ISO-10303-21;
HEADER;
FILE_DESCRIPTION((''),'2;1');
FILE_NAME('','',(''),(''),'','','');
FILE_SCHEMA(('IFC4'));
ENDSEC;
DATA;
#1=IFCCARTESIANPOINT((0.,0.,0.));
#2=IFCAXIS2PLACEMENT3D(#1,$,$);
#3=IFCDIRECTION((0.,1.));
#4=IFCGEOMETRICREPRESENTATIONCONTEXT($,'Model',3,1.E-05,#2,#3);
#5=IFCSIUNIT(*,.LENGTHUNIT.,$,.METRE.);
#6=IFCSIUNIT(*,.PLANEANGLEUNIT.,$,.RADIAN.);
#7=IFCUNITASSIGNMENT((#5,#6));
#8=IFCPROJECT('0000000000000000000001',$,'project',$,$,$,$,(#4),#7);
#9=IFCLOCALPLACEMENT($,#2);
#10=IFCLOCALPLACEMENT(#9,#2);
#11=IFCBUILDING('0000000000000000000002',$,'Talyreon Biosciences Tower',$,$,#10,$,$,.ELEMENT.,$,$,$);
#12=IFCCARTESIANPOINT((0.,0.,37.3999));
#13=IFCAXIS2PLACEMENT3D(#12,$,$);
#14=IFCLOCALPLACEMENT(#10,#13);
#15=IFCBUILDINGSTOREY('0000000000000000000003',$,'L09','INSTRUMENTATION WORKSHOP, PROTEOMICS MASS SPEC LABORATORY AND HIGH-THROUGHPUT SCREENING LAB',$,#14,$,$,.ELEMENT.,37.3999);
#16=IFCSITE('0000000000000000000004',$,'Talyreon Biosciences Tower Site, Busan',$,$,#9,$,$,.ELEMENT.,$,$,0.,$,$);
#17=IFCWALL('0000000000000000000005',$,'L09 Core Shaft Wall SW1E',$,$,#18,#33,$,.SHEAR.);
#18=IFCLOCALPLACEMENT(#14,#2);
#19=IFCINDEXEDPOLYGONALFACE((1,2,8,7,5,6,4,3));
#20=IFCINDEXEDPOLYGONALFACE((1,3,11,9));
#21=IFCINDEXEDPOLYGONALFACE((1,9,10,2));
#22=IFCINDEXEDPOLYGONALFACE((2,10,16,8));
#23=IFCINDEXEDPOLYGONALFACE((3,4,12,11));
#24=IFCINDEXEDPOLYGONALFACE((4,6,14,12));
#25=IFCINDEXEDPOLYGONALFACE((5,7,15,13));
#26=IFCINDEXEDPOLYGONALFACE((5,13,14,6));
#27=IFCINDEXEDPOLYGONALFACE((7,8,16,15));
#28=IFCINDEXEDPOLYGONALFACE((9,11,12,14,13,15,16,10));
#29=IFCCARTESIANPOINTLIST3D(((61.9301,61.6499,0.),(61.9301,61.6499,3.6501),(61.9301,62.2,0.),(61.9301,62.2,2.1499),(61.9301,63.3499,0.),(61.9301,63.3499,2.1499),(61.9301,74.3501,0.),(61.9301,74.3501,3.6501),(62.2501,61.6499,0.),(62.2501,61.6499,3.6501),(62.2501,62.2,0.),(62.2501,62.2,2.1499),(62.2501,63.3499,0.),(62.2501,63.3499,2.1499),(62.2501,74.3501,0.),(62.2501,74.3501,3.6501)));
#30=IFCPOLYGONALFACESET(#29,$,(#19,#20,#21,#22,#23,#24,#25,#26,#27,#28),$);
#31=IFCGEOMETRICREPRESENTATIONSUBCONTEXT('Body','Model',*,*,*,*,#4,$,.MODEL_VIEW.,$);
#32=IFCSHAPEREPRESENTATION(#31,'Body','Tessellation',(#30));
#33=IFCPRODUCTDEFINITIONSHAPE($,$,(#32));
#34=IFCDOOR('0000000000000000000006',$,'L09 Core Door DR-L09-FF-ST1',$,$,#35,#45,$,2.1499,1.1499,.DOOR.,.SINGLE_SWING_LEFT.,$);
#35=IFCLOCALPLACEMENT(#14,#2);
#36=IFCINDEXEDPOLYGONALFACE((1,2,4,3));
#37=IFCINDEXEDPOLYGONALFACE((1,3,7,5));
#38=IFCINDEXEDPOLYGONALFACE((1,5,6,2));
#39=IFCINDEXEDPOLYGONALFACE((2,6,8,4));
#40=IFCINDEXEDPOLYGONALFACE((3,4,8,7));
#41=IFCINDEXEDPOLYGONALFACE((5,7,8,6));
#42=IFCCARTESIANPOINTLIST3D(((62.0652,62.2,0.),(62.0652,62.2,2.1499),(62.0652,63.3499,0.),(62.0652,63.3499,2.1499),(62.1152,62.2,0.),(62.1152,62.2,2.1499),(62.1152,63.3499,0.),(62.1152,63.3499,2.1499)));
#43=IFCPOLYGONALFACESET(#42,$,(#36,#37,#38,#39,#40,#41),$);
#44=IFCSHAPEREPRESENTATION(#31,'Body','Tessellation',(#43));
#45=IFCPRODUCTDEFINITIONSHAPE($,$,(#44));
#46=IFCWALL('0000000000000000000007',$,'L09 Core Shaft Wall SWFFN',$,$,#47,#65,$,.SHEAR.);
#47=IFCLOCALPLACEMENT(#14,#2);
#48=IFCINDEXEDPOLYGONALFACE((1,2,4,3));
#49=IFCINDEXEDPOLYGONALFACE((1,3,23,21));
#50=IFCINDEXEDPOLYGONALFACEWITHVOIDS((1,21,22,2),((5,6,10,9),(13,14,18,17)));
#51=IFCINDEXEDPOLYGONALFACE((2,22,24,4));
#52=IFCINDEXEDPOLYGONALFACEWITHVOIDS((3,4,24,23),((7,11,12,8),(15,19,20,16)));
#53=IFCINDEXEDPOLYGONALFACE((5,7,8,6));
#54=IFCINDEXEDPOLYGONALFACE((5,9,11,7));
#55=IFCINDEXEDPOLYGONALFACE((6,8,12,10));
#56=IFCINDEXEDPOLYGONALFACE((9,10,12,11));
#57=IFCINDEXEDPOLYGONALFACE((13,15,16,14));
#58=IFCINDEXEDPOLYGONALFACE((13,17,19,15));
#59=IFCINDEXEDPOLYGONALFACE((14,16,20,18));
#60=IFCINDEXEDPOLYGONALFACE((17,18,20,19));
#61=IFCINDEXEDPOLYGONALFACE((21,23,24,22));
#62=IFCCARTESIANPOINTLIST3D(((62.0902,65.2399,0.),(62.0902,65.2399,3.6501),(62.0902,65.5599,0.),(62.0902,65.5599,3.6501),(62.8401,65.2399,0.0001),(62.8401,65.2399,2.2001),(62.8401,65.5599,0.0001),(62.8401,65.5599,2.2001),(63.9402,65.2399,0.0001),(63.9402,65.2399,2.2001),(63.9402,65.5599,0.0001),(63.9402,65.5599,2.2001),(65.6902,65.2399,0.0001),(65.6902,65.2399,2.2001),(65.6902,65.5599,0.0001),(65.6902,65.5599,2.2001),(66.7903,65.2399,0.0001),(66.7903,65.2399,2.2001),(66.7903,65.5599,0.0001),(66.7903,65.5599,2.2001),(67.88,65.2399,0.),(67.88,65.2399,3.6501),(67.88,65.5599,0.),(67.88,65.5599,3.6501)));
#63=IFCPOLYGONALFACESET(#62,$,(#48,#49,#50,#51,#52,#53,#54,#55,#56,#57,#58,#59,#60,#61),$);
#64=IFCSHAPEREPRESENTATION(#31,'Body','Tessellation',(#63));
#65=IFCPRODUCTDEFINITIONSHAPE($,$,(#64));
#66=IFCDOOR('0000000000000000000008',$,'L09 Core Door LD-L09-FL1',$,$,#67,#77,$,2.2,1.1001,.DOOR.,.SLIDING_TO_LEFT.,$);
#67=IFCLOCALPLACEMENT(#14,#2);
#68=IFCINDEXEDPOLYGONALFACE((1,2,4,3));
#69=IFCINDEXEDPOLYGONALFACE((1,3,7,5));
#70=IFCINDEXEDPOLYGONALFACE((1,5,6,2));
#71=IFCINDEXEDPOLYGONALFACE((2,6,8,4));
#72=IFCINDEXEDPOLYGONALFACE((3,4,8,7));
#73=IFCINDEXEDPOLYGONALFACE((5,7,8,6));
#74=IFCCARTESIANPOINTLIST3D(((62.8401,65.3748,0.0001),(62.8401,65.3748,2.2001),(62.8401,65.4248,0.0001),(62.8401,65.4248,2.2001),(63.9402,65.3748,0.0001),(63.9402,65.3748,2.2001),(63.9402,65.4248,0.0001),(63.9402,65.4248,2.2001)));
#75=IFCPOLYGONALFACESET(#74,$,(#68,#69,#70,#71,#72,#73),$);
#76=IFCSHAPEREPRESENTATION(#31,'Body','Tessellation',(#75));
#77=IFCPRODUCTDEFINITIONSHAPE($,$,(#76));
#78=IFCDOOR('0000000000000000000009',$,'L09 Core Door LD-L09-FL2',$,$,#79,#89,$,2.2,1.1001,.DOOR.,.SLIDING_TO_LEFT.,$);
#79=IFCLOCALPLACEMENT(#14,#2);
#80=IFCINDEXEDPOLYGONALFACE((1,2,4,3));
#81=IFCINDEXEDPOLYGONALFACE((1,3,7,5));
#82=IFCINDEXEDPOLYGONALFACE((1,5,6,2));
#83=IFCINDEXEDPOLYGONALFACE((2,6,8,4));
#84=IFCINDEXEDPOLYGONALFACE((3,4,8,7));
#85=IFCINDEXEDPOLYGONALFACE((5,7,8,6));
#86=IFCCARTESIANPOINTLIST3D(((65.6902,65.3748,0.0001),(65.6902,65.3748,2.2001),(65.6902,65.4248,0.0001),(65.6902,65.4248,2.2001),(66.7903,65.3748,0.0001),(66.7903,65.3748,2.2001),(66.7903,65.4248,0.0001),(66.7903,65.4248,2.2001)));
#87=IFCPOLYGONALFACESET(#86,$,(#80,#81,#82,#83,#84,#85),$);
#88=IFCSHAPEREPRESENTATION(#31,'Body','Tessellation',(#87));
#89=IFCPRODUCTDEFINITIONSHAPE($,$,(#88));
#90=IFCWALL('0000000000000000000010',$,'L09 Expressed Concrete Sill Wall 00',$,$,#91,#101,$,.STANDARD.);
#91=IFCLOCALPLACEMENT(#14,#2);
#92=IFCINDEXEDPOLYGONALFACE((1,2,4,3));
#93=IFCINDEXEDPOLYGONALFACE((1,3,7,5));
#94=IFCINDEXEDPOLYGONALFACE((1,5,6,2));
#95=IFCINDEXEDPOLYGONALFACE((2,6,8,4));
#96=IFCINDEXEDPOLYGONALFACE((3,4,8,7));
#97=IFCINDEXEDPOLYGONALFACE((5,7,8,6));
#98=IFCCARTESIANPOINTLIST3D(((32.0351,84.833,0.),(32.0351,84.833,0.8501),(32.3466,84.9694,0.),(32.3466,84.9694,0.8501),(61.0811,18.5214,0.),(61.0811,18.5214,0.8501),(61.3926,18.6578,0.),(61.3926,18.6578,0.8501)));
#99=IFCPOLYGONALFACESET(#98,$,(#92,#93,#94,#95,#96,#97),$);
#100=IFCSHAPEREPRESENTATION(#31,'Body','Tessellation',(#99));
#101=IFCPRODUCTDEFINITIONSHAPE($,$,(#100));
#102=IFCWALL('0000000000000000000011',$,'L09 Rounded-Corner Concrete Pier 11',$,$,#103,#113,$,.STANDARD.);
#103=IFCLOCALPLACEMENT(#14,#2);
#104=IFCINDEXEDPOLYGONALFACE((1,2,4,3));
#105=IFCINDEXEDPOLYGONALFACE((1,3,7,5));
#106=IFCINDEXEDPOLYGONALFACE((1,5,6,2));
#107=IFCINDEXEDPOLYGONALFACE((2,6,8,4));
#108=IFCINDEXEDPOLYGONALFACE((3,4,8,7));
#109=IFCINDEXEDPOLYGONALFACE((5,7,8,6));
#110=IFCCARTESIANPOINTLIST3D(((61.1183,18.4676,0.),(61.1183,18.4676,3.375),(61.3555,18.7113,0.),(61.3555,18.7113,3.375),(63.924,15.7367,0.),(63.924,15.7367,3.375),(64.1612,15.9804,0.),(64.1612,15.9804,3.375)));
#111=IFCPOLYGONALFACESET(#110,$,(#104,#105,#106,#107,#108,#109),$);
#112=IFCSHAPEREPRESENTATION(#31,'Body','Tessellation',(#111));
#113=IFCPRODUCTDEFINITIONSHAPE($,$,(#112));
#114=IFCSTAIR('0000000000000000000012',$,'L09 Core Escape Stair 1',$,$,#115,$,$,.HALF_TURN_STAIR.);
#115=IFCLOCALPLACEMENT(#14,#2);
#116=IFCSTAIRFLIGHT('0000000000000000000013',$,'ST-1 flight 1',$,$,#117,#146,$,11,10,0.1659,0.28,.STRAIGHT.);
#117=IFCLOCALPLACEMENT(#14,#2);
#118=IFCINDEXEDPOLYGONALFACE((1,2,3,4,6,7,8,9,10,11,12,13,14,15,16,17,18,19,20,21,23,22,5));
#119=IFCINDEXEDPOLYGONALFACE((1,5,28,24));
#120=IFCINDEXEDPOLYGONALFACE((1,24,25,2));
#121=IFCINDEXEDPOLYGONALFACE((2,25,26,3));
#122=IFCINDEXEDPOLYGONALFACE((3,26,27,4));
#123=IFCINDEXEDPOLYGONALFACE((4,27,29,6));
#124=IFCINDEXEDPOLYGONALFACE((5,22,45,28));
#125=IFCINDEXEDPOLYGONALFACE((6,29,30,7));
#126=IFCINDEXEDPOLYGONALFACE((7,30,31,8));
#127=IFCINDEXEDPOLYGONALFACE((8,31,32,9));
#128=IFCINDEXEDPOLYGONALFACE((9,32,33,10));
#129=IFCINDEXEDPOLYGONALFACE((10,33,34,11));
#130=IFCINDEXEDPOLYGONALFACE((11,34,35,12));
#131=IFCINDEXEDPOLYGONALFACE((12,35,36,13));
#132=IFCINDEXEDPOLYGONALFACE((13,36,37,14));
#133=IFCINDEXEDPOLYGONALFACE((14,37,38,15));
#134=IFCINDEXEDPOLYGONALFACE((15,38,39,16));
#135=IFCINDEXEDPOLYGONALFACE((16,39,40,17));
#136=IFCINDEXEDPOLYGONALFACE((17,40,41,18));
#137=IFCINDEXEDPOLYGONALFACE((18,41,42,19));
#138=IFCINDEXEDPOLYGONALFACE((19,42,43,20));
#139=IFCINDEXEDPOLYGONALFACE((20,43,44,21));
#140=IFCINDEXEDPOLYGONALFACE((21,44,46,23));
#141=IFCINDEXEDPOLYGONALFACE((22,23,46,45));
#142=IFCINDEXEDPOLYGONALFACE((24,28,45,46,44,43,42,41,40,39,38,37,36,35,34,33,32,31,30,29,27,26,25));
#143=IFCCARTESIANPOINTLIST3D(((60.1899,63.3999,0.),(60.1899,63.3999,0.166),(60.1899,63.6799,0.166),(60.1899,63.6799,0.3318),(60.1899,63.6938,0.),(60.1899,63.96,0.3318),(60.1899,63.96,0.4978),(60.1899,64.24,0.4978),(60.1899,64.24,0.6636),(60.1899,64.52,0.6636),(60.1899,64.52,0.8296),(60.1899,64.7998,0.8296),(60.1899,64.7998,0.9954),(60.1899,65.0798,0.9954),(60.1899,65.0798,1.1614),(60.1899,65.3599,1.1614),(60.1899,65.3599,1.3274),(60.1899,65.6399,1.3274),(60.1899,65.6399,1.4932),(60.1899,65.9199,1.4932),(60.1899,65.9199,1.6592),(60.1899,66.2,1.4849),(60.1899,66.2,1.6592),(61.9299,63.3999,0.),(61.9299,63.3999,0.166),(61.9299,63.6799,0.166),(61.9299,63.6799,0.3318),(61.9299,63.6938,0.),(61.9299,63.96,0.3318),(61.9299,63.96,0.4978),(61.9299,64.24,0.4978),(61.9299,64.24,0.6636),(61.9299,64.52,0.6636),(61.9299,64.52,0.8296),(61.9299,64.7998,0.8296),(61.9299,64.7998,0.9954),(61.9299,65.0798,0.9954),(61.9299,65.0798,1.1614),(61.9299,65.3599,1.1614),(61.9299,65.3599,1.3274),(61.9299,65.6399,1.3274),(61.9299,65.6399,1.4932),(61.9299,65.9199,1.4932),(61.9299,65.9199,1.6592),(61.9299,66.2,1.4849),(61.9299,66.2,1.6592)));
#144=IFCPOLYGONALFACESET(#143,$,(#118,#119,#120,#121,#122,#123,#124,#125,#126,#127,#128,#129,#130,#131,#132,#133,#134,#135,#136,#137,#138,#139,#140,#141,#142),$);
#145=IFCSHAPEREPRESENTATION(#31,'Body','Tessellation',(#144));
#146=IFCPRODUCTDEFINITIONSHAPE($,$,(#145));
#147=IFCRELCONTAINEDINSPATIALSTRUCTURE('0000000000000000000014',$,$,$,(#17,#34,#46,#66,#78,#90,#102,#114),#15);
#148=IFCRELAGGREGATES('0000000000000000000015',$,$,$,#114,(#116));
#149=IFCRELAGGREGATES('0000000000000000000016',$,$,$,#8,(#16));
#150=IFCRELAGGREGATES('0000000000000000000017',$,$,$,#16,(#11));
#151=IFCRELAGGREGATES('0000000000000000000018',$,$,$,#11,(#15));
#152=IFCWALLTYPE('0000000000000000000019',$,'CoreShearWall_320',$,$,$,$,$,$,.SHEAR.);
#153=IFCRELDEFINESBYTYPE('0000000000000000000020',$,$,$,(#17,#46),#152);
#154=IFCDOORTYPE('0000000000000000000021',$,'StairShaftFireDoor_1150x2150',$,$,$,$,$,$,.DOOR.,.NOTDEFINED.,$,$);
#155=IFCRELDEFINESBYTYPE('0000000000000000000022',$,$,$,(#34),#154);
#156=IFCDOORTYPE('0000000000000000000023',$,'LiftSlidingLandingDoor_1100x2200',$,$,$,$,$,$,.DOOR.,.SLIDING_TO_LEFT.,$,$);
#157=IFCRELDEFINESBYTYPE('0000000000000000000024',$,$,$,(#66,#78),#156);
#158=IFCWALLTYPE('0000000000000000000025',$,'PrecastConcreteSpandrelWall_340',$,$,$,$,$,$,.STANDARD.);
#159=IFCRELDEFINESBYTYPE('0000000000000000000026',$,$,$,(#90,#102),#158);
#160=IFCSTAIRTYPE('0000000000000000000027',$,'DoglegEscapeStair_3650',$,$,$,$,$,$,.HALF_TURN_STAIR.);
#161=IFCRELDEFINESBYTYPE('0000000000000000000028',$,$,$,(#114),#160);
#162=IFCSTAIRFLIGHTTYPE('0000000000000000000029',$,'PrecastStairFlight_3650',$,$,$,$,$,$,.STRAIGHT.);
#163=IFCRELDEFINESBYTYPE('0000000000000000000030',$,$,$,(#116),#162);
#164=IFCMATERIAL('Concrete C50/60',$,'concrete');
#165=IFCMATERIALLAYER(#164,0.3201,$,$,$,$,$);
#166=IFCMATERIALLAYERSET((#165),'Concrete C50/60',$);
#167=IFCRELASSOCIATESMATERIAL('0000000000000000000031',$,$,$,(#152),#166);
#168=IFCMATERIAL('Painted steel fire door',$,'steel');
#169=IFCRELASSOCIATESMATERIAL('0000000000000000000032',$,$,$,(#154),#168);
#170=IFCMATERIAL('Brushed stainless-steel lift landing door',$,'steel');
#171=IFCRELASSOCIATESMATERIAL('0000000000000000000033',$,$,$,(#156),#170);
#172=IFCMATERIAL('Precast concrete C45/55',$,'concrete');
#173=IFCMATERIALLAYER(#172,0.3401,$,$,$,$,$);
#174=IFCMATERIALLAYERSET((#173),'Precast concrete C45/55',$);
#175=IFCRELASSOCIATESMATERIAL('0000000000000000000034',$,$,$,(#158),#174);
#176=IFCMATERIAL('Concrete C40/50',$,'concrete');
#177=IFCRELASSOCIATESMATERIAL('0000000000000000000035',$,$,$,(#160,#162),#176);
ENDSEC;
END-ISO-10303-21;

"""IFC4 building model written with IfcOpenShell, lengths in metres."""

from ifc_helpers import new_model, si_unit, direction, frame, frame_2d, origin, place, context, subcontext, project, spatial, polyline, rectangle, outline, extrude, material, layer, layer_set, type_object, element, fill, aggregate, save


model = new_model("IFC4")

# Units and contexts
model_context = context("Model", 3, precision=1e-05, world=origin(), true_north=direction((0.0, 1.0)))
body_context = subcontext(model_context, "Body", "Model", "MODEL_VIEW")
ifc_project = project(units=[si_unit("LENGTHUNIT", "METRE"), si_unit("PLANEANGLEUNIT", "RADIAN")], contexts=[model_context])

# Site, building, storey
site_placement = place(None, origin())
site = spatial("IfcSite", under=ifc_project, at=site_placement, Name="Talyreon Biosciences Tower Site, Busan", CompositionType="ELEMENT", RefElevation=0.0)
building_placement = place(site_placement, origin())
building = spatial("IfcBuilding", under=site, at=building_placement, Name="Talyreon Biosciences Tower", CompositionType="ELEMENT")
storey_placement = place(building_placement, frame((0.0, 0.0, 37.3999)))
storey = spatial("IfcBuildingStorey", under=building, at=storey_placement, Name="L09", Description="INSTRUMENTATION WORKSHOP, PROTEOMICS MASS SPEC LABORATORY AND HIGH-THROUGHPUT SCREENING LAB", CompositionType="ELEMENT", Elevation=37.3999)

# Shared definitions
ifc_material_1 = material(Name="Precast concrete C45/55", Category="concrete")

# Wall, opening, door
ifc_material_2 = material(Name="Concrete C50/60", Category="concrete")
ifc_layer_1 = layer(ifc_material_2, 0.3201)
ifc_layer_set_1 = layer_set([ifc_layer_1], Name="Concrete C50/60")
wall_type_1 = type_object("IfcWallType", Name="CoreShearWall_320", PredefinedType="SHEAR", material=ifc_layer_set_1)
wall_1_placement = place(storey_placement, frame((62.0901, 61.6499, 0.0), z_axis=(0.0, 0.0, 1.0), x_axis=(0.0, 1.0, 0.0)))
wall_1 = element("IfcWall", 1, at=wall_1_placement, inside=storey, type_object=wall_type_1, Name="L09 Core Shaft Wall SW1E", PredefinedType="SHEAR", context=body_context, shape_type="SweptSolid", body=[
    extrude(rectangle(XDim=12.7002, YDim=0.3201, at=frame_2d((6.3501, 0.0))), origin(), (0.0, 0.0, 1.0), 3.6501),
])
opening_1_placement = place(wall_1_placement, frame((0.55, 0.0, 0.0)))
opening_1 = element("IfcOpeningElement", 2, at=opening_1_placement, cuts=wall_1, PredefinedType="OPENING", context=body_context, shape_type="SweptSolid", body=[
    extrude(rectangle(XDim=1.1499, YDim=2.1499, at=frame_2d((0.575, 1.075))), frame((0.0, 0.1699, 0.0), z_axis=(0.0, -1.0, 0.0), x_axis=(1.0, 0.0, 0.0)), (0.0, 0.0, 1.0), 0.3401),
])
ifc_material_3 = material(Name="Painted steel fire door", Category="steel")
door_type_1 = type_object("IfcDoorType", Name="StairShaftFireDoor_1150x2150", OperationType="NOTDEFINED", PredefinedType="DOOR", material=ifc_material_3)
door_1_placement = place(opening_1_placement, origin())
door_1 = element("IfcDoor", 3, at=door_1_placement, inside=storey, type_object=door_type_1, Name="L09 Core Door DR-L09-FF-ST1", OperationType="SINGLE_SWING_LEFT", OverallHeight=2.1499, OverallWidth=1.1499, PredefinedType="DOOR", context=body_context, shape_type="SweptSolid", body=[
    extrude(rectangle(XDim=1.1499, YDim=2.1499, at=frame_2d((0.575, 1.075))), frame((0.0, 0.0249, 0.0), z_axis=(0.0, -1.0, 0.0), x_axis=(1.0, 0.0, 0.0)), (0.0, 0.0, 1.0), 0.05),
])
fill(opening_1, door_1)

# Wall, openings, doors
wall_2_placement = place(storey_placement, frame((62.0901, 65.3999, 0.0), z_axis=(0.0, 0.0, 1.0), x_axis=(1.0, 0.0, 0.0)))
wall_2 = element("IfcWall", 4, at=wall_2_placement, inside=storey, type_object=wall_type_1, Name="L09 Core Shaft Wall SWFFN", PredefinedType="SHEAR", context=body_context, shape_type="SweptSolid", body=[
    extrude(rectangle(XDim=5.7898, YDim=0.3201, at=frame_2d((2.895, 0.0))), origin(), (0.0, 0.0, 1.0), 3.6501),
])
opening_2_placement = place(wall_2_placement, frame((0.75, 0.0, 0.0)))
opening_2 = element("IfcOpeningElement", 5, at=opening_2_placement, cuts=wall_2, PredefinedType="OPENING", context=body_context, shape_type="SweptSolid", body=[
    extrude(rectangle(XDim=1.1001, YDim=2.2, at=frame_2d((0.55, 1.1001))), frame((0.0, 0.1699, 0.0), z_axis=(0.0, -1.0, 0.0), x_axis=(1.0, 0.0, 0.0)), (0.0, 0.0, 1.0), 0.3401),
])
opening_3_placement = place(wall_2_placement, frame((3.6001, 0.0, 0.0)))
opening_3 = element("IfcOpeningElement", 6, at=opening_3_placement, cuts=wall_2, PredefinedType="OPENING", context=body_context, shape_type="SweptSolid", body=[
    extrude(rectangle(XDim=1.1001, YDim=2.2, at=frame_2d((0.55, 1.1001))), frame((0.0, 0.1699, 0.0), z_axis=(0.0, -1.0, 0.0), x_axis=(1.0, 0.0, 0.0)), (0.0, 0.0, 1.0), 0.3401),
])
ifc_material_4 = material(Name="Brushed stainless-steel lift landing door", Category="steel")
door_type_2 = type_object("IfcDoorType", Name="LiftSlidingLandingDoor_1100x2200", OperationType="SLIDING_TO_LEFT", PredefinedType="DOOR", material=ifc_material_4)
door_2_placement = place(opening_2_placement, origin())
door_2 = element("IfcDoor", 7, at=door_2_placement, inside=storey, type_object=door_type_2, Name="L09 Core Door LD-L09-FL1", OperationType="SLIDING_TO_LEFT", OverallHeight=2.2, OverallWidth=1.1001, PredefinedType="DOOR", context=body_context, shape_type="SweptSolid", body=[
    extrude(rectangle(XDim=1.1001, YDim=2.2, at=frame_2d((0.55, 1.1001))), frame((0.0, 0.0249, 0.0), z_axis=(0.0, -1.0, 0.0), x_axis=(1.0, 0.0, 0.0)), (0.0, 0.0, 1.0), 0.05),
])
fill(opening_2, door_2)
door_3_placement = place(opening_3_placement, origin())
door_3 = element("IfcDoor", 8, at=door_3_placement, inside=storey, type_object=door_type_2, Name="L09 Core Door LD-L09-FL2", OperationType="SLIDING_TO_LEFT", OverallHeight=2.2, OverallWidth=1.1001, PredefinedType="DOOR", context=body_context, shape_type="SweptSolid", body=[
    extrude(rectangle(XDim=1.1001, YDim=2.2, at=frame_2d((0.55, 1.1001))), frame((0.0, 0.0249, 0.0), z_axis=(0.0, -1.0, 0.0), x_axis=(1.0, 0.0, 0.0)), (0.0, 0.0, 1.0), 0.05),
])
fill(opening_3, door_3)

# Walls
ifc_layer_2 = layer(ifc_material_1, 0.3401)
ifc_layer_set_2 = layer_set([ifc_layer_2], Name="Precast concrete C45/55")
wall_type_2 = type_object("IfcWallType", Name="PrecastConcreteSpandrelWall_340", PredefinedType="STANDARD", material=ifc_layer_set_2)
wall_3_placement = place(storey_placement, frame((61.2368, 18.5896, 0.0), z_axis=(0.0, 0.0, 1.0), x_axis=(-0.40122, 0.915982, 0.0)))
element("IfcWall", 9, at=wall_3_placement, inside=storey, type_object=wall_type_2, Name="L09 Expressed Concrete Sill Wall 00", PredefinedType="STANDARD", context=body_context, shape_type="SweptSolid", body=[
    extrude(rectangle(XDim=72.394, YDim=0.3401, at=frame_2d((36.197, 0.0))), origin(), (0.0, 0.0, 1.0), 0.8501),
])
wall_4_placement = place(storey_placement, frame((64.0425, 15.8586, 0.0), z_axis=(0.0, 0.0, 1.0), x_axis=(-0.716583, 0.697502, 0.0)))
element("IfcWall", 10, at=wall_4_placement, inside=storey, type_object=wall_type_2, Name="L09 Rounded-Corner Concrete Pier 11", PredefinedType="STANDARD", context=body_context, shape_type="SweptSolid", body=[
    extrude(rectangle(XDim=3.9153, YDim=0.3401, at=frame_2d((1.9575, 0.0))), origin(), (0.0, 0.0, 1.0), 3.375),
])

# Stair, stair flight
ifc_material_5 = material(Name="Concrete C40/50", Category="concrete")
stair_type = type_object("IfcStairType", Name="DoglegEscapeStair_3650", PredefinedType="HALF_TURN_STAIR", material=ifc_material_5)
stair_placement = place(storey_placement, origin())
stair = element("IfcStair", 11, at=stair_placement, inside=storey, type_object=stair_type, Name="L09 Core Escape Stair 1", PredefinedType="HALF_TURN_STAIR")
stair_flight_type = type_object("IfcStairFlightType", Name="PrecastStairFlight_3650", PredefinedType="STRAIGHT", material=ifc_material_5)
stair_flight_placement = place(storey_placement, frame((61.0601, 63.3999, 0.0), z_axis=(0.0, 0.0, 1.0), x_axis=(0.0, 1.0, 0.0)))
stair_flight = element("IfcStairFlight", 12, at=stair_flight_placement, type_object=stair_flight_type, Name="ST-1 flight 1", NumberOfRisers=11, NumberOfTreads=10, PredefinedType="STRAIGHT", RiserHeight=0.1659, TreadLength=0.28, context=body_context, shape_type="SweptSolid", body=[
    extrude(outline(polyline([(0.0, 0.0), (0.0, 0.166), (0.28, 0.166), (0.28, 0.3318), (0.5601, 0.3318), (0.5601, 0.4978), (0.8401, 0.4978), (0.8401, 0.6636), (1.1201, 0.6636), (1.1201, 0.8296), (1.3999, 0.8296), (1.3999, 0.9954), (1.6799, 0.9954), (1.6799, 1.1614), (1.96, 1.1614), (1.96, 1.3274), (2.24, 1.3274), (2.24, 1.4932), (2.52, 1.4932), (2.52, 1.6592), (2.8, 1.6592), (2.8, 1.825), (2.8, 1.4849), (0.2939, 0.0), (0.0, 0.0)])), frame((0.0, 0.8701, 0.0), z_axis=(0.0, -1.0, 0.0), x_axis=(1.0, 0.0, 0.0)), (0.0, 0.0, 1.0), 1.74),
])
aggregate(stair, [stair_flight])

save(model, "model.ifc")
